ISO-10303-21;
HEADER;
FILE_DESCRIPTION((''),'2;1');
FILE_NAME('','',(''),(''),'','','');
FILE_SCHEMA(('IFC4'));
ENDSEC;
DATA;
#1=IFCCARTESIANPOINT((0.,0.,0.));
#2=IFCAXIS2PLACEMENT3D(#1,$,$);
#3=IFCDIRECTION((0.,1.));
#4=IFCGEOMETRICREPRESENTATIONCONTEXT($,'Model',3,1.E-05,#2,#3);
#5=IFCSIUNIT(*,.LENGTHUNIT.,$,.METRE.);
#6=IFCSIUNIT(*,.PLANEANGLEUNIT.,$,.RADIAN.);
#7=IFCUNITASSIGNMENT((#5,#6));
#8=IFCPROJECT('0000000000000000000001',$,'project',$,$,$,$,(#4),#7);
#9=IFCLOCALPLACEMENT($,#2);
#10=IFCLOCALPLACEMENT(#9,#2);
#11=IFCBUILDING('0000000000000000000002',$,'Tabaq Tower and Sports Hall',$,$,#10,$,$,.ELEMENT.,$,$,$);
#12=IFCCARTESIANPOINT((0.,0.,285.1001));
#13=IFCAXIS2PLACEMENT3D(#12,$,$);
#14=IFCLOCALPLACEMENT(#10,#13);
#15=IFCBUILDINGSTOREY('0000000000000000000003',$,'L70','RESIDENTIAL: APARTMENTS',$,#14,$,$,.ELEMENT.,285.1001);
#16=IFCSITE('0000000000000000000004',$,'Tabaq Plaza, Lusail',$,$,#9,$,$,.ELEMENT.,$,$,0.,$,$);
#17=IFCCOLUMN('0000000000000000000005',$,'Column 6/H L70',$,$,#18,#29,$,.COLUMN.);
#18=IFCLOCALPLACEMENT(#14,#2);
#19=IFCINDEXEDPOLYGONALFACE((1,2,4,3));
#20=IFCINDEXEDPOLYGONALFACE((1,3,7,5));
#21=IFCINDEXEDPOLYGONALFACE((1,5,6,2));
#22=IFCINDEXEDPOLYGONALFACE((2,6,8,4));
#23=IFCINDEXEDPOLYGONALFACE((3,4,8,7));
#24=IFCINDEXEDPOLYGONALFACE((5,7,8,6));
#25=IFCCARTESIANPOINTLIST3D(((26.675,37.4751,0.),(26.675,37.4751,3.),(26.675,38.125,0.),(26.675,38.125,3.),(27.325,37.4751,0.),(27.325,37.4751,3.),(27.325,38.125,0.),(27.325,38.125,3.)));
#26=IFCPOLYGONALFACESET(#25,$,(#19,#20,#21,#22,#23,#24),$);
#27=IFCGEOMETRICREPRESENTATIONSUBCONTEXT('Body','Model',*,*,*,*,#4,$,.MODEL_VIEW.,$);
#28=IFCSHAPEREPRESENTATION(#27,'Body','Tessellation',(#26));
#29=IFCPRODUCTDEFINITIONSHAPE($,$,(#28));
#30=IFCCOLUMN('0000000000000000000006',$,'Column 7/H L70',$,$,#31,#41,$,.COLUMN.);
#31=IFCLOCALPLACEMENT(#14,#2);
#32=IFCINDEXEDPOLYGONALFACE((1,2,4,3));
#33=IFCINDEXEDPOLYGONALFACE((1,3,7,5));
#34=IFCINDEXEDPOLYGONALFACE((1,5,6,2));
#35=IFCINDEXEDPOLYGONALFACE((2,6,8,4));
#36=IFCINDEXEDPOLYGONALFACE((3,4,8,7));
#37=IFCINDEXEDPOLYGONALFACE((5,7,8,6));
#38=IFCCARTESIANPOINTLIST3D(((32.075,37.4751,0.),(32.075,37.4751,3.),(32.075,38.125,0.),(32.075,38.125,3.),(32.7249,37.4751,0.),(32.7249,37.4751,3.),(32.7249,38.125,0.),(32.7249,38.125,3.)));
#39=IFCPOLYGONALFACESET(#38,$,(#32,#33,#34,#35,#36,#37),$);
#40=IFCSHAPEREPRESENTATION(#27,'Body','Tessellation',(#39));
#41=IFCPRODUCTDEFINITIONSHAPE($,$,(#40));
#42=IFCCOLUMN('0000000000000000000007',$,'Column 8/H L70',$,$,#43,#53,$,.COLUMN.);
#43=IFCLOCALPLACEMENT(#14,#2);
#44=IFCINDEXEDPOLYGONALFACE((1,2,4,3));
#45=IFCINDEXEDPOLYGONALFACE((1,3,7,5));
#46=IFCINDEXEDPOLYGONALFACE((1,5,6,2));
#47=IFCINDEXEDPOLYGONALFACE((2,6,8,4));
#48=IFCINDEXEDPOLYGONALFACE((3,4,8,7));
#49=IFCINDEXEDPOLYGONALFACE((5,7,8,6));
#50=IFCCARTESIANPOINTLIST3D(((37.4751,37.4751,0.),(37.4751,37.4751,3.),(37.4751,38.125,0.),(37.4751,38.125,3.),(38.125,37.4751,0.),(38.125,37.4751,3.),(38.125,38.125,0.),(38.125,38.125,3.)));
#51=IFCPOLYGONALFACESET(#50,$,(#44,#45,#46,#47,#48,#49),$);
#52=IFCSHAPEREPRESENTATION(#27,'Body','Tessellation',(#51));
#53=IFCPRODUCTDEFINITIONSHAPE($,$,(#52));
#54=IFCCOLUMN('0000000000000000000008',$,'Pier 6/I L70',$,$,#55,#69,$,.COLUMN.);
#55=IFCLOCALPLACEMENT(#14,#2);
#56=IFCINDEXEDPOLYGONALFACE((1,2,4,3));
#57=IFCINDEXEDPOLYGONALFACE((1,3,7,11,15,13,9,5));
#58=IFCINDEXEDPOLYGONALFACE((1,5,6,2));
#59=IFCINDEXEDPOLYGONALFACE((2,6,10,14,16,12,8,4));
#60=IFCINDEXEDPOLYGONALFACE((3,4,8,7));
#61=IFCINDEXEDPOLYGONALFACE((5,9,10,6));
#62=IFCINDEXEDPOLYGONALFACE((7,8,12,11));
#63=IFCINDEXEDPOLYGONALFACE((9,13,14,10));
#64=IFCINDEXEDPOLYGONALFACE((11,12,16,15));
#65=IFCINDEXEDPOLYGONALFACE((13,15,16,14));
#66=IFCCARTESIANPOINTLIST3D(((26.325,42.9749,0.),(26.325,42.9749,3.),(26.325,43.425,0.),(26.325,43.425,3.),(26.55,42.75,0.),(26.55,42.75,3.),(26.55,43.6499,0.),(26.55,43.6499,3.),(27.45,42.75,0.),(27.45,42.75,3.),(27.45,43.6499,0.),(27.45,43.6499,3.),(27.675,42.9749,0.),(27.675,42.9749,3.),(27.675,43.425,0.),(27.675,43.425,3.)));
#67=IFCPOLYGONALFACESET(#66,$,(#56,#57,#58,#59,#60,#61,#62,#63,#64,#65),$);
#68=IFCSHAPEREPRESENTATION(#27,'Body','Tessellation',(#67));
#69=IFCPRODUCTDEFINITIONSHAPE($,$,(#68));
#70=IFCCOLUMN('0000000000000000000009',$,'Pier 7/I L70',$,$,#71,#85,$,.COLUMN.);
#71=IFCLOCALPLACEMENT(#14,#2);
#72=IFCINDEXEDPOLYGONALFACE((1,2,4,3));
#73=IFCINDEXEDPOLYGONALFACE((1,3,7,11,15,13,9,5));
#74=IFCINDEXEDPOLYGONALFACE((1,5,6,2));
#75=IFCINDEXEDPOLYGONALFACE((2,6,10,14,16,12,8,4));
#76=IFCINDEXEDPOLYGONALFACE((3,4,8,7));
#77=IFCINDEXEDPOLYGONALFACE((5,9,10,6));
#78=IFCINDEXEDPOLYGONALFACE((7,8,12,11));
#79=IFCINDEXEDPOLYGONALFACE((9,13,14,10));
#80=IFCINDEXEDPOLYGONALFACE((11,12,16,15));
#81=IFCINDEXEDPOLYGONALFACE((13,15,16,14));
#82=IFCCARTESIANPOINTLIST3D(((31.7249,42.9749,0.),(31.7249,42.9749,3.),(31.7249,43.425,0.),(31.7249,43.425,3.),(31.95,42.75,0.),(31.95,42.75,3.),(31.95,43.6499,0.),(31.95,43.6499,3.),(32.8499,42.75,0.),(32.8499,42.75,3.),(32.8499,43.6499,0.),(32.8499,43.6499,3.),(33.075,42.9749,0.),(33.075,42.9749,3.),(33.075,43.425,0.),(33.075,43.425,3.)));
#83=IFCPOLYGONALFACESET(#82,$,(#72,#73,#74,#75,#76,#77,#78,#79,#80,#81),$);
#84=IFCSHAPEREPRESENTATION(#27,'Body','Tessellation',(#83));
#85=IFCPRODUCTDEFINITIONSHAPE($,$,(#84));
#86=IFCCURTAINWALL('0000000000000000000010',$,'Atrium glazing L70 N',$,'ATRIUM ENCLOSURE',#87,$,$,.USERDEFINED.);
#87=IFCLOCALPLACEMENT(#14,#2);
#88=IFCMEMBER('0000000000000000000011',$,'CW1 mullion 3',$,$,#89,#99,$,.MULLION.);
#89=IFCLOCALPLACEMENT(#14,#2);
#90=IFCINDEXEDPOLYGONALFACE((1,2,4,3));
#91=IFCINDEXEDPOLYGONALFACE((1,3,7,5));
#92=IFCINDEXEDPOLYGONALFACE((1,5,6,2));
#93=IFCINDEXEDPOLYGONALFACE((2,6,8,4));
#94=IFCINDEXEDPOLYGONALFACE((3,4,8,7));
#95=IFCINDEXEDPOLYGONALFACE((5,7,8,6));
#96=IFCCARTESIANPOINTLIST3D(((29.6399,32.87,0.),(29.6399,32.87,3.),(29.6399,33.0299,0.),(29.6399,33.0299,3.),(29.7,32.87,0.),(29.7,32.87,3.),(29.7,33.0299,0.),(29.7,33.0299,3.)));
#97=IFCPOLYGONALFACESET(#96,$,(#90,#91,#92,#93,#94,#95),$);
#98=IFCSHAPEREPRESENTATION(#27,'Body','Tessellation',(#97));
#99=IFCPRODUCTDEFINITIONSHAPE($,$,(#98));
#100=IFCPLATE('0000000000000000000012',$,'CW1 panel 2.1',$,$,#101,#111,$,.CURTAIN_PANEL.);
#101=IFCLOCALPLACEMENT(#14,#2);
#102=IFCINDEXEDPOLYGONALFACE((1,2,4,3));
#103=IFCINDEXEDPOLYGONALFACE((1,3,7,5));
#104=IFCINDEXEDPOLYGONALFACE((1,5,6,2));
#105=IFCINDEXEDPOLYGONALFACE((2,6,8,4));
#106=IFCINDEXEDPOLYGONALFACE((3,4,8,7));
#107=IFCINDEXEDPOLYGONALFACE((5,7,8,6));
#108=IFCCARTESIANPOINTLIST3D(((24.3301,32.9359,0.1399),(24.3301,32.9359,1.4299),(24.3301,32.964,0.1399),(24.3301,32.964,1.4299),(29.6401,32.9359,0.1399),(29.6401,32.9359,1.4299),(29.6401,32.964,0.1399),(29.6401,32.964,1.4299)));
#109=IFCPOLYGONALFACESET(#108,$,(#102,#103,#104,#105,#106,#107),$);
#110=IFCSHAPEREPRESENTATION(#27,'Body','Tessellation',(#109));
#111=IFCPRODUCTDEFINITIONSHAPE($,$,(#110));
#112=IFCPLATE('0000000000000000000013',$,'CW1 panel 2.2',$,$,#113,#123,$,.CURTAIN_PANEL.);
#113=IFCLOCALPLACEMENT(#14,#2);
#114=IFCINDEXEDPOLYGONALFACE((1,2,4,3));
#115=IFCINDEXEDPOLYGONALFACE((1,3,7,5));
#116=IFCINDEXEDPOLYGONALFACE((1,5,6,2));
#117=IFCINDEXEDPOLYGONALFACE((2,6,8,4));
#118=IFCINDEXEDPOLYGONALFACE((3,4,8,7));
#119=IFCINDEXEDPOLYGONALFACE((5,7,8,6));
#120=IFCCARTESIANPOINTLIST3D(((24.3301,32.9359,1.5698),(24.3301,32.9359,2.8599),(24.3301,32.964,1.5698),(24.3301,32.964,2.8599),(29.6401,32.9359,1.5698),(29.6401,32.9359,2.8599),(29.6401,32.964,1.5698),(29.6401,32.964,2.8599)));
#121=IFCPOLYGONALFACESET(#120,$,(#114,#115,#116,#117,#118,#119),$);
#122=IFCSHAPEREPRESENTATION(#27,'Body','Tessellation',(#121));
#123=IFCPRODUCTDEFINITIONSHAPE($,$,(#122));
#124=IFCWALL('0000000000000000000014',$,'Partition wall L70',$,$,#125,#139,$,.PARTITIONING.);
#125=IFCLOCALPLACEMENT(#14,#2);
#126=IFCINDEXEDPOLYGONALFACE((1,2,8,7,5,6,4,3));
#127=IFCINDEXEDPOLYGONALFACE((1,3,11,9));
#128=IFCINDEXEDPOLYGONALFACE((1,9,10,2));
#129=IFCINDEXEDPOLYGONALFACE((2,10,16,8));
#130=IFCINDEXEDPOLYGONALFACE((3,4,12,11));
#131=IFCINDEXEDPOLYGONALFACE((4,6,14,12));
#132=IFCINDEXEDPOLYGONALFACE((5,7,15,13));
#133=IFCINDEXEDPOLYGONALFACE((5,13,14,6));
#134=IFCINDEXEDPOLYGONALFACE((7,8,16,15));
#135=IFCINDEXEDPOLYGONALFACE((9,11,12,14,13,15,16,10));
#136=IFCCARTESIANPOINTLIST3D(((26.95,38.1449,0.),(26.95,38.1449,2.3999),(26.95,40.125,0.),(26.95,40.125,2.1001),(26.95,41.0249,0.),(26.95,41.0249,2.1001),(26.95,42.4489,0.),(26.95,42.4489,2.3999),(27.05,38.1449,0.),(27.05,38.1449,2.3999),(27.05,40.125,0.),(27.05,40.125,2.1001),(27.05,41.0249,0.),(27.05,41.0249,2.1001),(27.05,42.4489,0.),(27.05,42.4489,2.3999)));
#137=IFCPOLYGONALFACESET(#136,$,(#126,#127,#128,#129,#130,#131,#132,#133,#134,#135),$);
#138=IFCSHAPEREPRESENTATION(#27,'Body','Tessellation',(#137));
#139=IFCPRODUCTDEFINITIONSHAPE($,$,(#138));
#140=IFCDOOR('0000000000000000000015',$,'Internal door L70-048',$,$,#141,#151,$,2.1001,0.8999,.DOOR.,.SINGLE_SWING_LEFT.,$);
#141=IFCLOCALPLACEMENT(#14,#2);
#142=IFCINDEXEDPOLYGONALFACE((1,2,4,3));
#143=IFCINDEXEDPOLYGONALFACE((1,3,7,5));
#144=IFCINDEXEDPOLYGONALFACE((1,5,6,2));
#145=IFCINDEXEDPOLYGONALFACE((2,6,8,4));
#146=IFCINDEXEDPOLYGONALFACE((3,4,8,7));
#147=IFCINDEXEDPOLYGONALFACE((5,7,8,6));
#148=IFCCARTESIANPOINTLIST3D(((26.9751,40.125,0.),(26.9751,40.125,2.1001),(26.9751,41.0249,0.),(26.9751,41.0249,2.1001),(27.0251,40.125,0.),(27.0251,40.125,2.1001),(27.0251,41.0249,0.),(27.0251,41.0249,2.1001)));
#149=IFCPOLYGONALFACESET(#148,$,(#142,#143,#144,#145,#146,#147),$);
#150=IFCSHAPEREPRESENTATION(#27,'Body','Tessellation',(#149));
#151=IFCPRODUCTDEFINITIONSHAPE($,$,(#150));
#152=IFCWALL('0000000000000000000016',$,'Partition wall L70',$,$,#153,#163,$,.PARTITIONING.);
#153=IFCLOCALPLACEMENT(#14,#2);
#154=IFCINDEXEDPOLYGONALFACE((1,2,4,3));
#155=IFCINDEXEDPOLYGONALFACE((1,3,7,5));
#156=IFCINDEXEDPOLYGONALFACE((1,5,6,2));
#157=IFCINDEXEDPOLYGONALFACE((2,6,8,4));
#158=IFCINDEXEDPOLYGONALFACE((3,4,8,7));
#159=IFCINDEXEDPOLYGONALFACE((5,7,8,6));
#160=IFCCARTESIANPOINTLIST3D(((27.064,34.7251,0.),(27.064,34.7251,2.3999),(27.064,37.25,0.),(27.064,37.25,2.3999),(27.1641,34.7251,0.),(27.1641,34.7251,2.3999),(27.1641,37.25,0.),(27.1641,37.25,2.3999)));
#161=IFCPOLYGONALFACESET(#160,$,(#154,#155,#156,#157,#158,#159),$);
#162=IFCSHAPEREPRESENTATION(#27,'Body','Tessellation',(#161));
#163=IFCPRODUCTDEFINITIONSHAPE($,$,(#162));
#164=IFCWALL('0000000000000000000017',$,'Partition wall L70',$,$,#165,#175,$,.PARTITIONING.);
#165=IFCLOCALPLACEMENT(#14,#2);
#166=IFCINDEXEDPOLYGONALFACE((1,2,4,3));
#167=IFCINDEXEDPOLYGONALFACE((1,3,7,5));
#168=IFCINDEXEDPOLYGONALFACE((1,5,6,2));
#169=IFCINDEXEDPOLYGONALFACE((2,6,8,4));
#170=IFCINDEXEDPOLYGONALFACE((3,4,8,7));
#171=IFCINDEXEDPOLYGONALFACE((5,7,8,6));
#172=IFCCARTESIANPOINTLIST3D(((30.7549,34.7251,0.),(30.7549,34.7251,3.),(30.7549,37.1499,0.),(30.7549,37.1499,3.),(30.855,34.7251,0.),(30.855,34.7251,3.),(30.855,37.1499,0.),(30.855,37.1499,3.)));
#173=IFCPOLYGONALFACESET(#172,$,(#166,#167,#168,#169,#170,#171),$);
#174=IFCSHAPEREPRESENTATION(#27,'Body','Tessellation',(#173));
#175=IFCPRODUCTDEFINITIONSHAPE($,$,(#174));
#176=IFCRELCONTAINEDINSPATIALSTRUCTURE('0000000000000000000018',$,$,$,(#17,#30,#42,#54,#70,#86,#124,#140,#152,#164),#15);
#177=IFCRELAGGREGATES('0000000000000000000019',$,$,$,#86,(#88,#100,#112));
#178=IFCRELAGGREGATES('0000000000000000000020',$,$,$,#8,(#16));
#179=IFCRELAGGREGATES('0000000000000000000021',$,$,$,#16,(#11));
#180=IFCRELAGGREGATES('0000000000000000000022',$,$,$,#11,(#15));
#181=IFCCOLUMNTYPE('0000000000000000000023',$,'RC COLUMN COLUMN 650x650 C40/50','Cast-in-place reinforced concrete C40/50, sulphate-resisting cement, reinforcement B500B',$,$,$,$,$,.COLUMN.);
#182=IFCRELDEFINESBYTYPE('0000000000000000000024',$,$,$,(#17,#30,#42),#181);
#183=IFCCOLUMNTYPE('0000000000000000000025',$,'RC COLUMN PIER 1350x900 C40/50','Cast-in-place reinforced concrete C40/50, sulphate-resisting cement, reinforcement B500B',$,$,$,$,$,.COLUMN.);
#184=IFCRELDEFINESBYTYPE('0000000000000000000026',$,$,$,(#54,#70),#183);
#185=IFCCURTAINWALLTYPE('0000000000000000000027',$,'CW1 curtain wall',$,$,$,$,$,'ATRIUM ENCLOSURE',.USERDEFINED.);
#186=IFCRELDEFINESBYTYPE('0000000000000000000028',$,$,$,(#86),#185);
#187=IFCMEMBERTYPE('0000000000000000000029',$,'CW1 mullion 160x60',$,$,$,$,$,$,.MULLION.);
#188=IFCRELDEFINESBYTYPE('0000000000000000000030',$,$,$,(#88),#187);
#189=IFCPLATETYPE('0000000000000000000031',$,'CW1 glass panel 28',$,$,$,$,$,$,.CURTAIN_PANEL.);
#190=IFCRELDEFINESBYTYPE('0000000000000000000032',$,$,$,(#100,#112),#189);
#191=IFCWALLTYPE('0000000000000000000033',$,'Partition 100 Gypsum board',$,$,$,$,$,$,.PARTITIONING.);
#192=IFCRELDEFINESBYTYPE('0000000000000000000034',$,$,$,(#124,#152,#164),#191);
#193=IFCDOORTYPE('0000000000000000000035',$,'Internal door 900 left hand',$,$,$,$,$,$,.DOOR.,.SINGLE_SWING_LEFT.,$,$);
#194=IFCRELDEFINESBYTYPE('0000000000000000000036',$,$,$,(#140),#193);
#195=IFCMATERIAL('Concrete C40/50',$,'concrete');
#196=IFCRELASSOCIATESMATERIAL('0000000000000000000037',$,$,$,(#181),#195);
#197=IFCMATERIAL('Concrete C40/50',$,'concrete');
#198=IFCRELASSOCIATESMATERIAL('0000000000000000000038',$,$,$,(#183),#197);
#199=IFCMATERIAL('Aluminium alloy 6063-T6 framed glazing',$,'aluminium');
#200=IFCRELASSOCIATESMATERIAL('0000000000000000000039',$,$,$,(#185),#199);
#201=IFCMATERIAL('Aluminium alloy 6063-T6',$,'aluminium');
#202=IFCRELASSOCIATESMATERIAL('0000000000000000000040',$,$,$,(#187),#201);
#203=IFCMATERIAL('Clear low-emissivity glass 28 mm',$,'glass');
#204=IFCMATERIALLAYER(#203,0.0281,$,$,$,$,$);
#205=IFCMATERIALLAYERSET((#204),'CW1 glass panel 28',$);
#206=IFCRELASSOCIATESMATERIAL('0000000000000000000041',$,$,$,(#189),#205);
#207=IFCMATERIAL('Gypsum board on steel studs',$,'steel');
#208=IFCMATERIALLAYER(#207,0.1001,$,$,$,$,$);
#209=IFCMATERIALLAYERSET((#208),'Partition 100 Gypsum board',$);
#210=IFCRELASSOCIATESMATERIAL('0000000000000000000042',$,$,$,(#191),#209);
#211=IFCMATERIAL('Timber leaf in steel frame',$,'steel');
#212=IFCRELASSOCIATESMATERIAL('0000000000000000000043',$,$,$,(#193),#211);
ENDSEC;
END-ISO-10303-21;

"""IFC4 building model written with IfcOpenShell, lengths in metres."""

from ifc_helpers import new_model, si_unit, direction, frame, frame_2d, origin, origin_2d, place, context, subcontext, project, spatial, polyline, rectangle, outline, extrude, material, layer, layer_set, material_profile, profile_set, type_object, element, fill, aggregate, save


model = new_model("IFC4")

# Units and contexts
model_context = context("Model", 3, precision=1e-05, world=origin(), true_north=direction((0.0, 1.0)))
body_context = subcontext(model_context, "Body", "Model", "MODEL_VIEW")
ifc_project = project(units=[si_unit("LENGTHUNIT", "METRE"), si_unit("PLANEANGLEUNIT", "RADIAN")], contexts=[model_context])

# Site, building, storey
site_placement = place(None, origin())
site = spatial("IfcSite", under=ifc_project, at=site_placement, Name="Tabaq Plaza, Lusail", CompositionType="ELEMENT", RefElevation=0.0)
building_placement = place(site_placement, origin())
building = spatial("IfcBuilding", under=site, at=building_placement, Name="Tabaq Tower and Sports Hall", CompositionType="ELEMENT")
storey_placement = place(building_placement, frame((0.0, 0.0, 285.1001)))
storey = spatial("IfcBuildingStorey", under=building, at=storey_placement, Name="L70", Description="RESIDENTIAL: APARTMENTS", CompositionType="ELEMENT", Elevation=285.1001)

# Columns
ifc_material_1 = material(Name="Concrete C40/50", Category="concrete")
ifc_material_profile_1 = material_profile(ifc_material_1, rectangle(XDim=0.6499, YDim=0.6499, at=origin_2d()), Name="COLUMN 650x650")
ifc_profile_set_1 = profile_set([ifc_material_profile_1], Name="Concrete C40/50")
column_type_1 = type_object("IfcColumnType", Name="RC COLUMN COLUMN 650x650 C40/50", Description="Cast-in-place reinforced concrete C40/50, sulphate-resisting cement, reinforcement B500B", PredefinedType="COLUMN", material=ifc_profile_set_1)
for number, where, z_axis, x_axis, name in (
    (1, (27.0, 37.8, 0.0), (0.0, 0.0, 1.0), (1.0, 0.0, 0.0), "Column 6/H L70"),
    (2, (32.3999, 37.8, 0.0), (0.0, 0.0, 1.0), (1.0, 0.0, 0.0), "Column 7/H L70"),
    (3, (37.8, 37.8, 0.0), (0.0, 0.0, 1.0), (1.0, 0.0, 0.0), "Column 8/H L70"),
):
    element("IfcColumn", number, at=place(storey_placement, frame(where, z_axis=z_axis, x_axis=x_axis)), inside=storey, type_object=column_type_1, Name=name, PredefinedType="COLUMN", context=body_context, shape_type="SweptSolid", body=[
        extrude(rectangle(XDim=0.6499, YDim=0.6499, at=origin_2d()), origin(), (0.0, 0.0, 1.0), 3.0),
    ])
ifc_material_2 = material(Name="Concrete C40/50", Category="concrete")
ifc_material_profile_2 = material_profile(ifc_material_2, outline(polyline([(-0.45, -0.45), (0.45, -0.45), (0.675, -0.2251), (0.675, 0.2251), (0.45, 0.45), (-0.45, 0.45), (-0.675, 0.2251), (-0.675, -0.2251), (-0.45, -0.45)])), Name="PIER 1350x900")
ifc_profile_set_2 = profile_set([ifc_material_profile_2], Name="Concrete C40/50")
column_type_2 = type_object("IfcColumnType", Name="RC COLUMN PIER 1350x900 C40/50", Description="Cast-in-place reinforced concrete C40/50, sulphate-resisting cement, reinforcement B500B", PredefinedType="COLUMN", material=ifc_profile_set_2)
for number, where, z_axis, x_axis, name in (
    (4, (27.0, 43.2, 0.0), (0.0, 0.0, 1.0), (1.0, 0.0, 0.0), "Pier 6/I L70"),
    (5, (32.3999, 43.2, 0.0), (0.0, 0.0, 1.0), (1.0, 0.0, 0.0), "Pier 7/I L70"),
):
    element("IfcColumn", number, at=place(storey_placement, frame(where, z_axis=z_axis, x_axis=x_axis)), inside=storey, type_object=column_type_2, Name=name, PredefinedType="COLUMN", context=body_context, shape_type="SweptSolid", body=[
        extrude(outline(polyline([(-0.45, -0.45), (0.45, -0.45), (0.675, -0.2251), (0.675, 0.2251), (0.45, 0.45), (-0.45, 0.45), (-0.675, 0.2251), (-0.675, -0.2251), (-0.45, -0.45)])), origin(), (0.0, 0.0, 1.0), 3.0),
    ])

# Curtain wall, member, plates
ifc_material_3 = material(Name="Aluminium alloy 6063-T6 framed glazing", Category="aluminium")
curtain_wall_type = type_object("IfcCurtainWallType", Name="CW1 curtain wall", ElementType="ATRIUM ENCLOSURE", PredefinedType="USERDEFINED", material=ifc_material_3)
curtain_wall_placement = place(storey_placement, origin())
curtain_wall = element("IfcCurtainWall", 6, at=curtain_wall_placement, inside=storey, type_object=curtain_wall_type, Name="Atrium glazing L70 N", ObjectType="ATRIUM ENCLOSURE", PredefinedType="USERDEFINED")
ifc_material_4 = material(Name="Aluminium alloy 6063-T6", Category="aluminium")
ifc_material_profile_3 = material_profile(ifc_material_4, rectangle(XDim=0.1599, YDim=0.0601, at=origin_2d()), Name="MULLION 160x60")
ifc_profile_set_3 = profile_set([ifc_material_profile_3], Name="Aluminium alloy 6063-T6")
member_type = type_object("IfcMemberType", Name="CW1 mullion 160x60", PredefinedType="MULLION", material=ifc_profile_set_3)
member_placement = place(storey_placement, frame((29.6699, 32.95, 0.0), z_axis=(0.0, 0.0, 1.0), x_axis=(0.0, 1.0, 0.0)))
member = element("IfcMember", 7, at=member_placement, type_object=member_type, Name="CW1 mullion 3", PredefinedType="MULLION", context=body_context, shape_type="SweptSolid", body=[
    extrude(rectangle(XDim=0.1599, YDim=0.0601, at=origin_2d()), origin(), (0.0, 0.0, 1.0), 3.0),
])
ifc_material_5 = material(Name="Clear low-emissivity glass 28 mm", Category="glass")
ifc_layer_1 = layer(ifc_material_5, 0.0281)
ifc_layer_set_1 = layer_set([ifc_layer_1], Name="CW1 glass panel 28")
plate_type = type_object("IfcPlateType", Name="CW1 glass panel 28", PredefinedType="CURTAIN_PANEL", material=ifc_layer_set_1)
plate_1_placement = place(storey_placement, frame((26.9851, 32.95, 0.1399), z_axis=(0.0, 0.0, 1.0), x_axis=(1.0, 0.0, 0.0)))
plate_1 = element("IfcPlate", 8, at=plate_1_placement, type_object=plate_type, Name="CW1 panel 2.1", PredefinedType="CURTAIN_PANEL", context=body_context, shape_type="SweptSolid", body=[
    extrude(rectangle(XDim=5.3101, YDim=0.0281, at=origin_2d()), origin(), (0.0, 0.0, 1.0), 1.29),
])
plate_2_placement = place(storey_placement, frame((26.9851, 32.95, 1.5698), z_axis=(0.0, 0.0, 1.0), x_axis=(1.0, 0.0, 0.0)))
plate_2 = element("IfcPlate", 9, at=plate_2_placement, type_object=plate_type, Name="CW1 panel 2.2", PredefinedType="CURTAIN_PANEL", context=body_context, shape_type="SweptSolid", body=[
    extrude(rectangle(XDim=5.3101, YDim=0.0281, at=origin_2d()), origin(), (0.0, 0.0, 1.0), 1.29),
])
aggregate(curtain_wall, [member, plate_1, plate_2])

# Wall, opening, door
ifc_material_6 = material(Name="Gypsum board on steel studs", Category="steel")
ifc_layer_2 = layer(ifc_material_6, 0.1001)
ifc_layer_set_2 = layer_set([ifc_layer_2], Name="Partition 100 Gypsum board")
wall_type_1 = type_object("IfcWallType", Name="Partition 100 Gypsum board", PredefinedType="PARTITIONING", material=ifc_layer_set_2)
wall_1_placement = place(storey_placement, frame((27.0, 38.145, 0.0), z_axis=(0.0, 0.0, 1.0), x_axis=(0.0, 1.0, 0.0)))
wall_1 = element("IfcWall", 10, at=wall_1_placement, inside=storey, type_object=wall_type_1, Name="Partition wall L70", PredefinedType="PARTITIONING", context=body_context, shape_type="SweptSolid", body=[
    extrude(rectangle(XDim=4.304, YDim=0.1001, at=frame_2d((2.1519, 0.0))), origin(), (0.0, 0.0, 1.0), 2.3999),
])
opening_1_placement = place(wall_1_placement, frame((1.98, 0.0, 0.0)))
opening_1 = element("IfcOpeningElement", 11, at=opening_1_placement, cuts=wall_1, PredefinedType="OPENING", context=body_context, shape_type="SweptSolid", body=[
    extrude(rectangle(XDim=0.8999, YDim=2.1001, at=frame_2d((0.45, 1.05))), frame((0.0, 0.05, 0.0), z_axis=(0.0, -1.0, 0.0), x_axis=(1.0, 0.0, 0.0)), (0.0, 0.0, 1.0), 0.1001),
])
ifc_material_7 = material(Name="Timber leaf in steel frame", Category="steel")
door_type_1 = type_object("IfcDoorType", Name="Internal door 900 left hand", OperationType="SINGLE_SWING_LEFT", PredefinedType="DOOR", material=ifc_material_7)
door_1_placement = place(opening_1_placement, origin())
door_1 = element("IfcDoor", 12, at=door_1_placement, inside=storey, type_object=door_type_1, Name="Internal door L70-048", OperationType="SINGLE_SWING_LEFT", OverallHeight=2.1001, OverallWidth=0.8999, PredefinedType="DOOR", context=body_context, shape_type="SweptSolid", body=[
    extrude(rectangle(XDim=0.8999, YDim=2.1001, at=frame_2d((0.45, 1.05))), frame((0.0, 0.0249, 0.0), z_axis=(0.0, -1.0, 0.0), x_axis=(1.0, 0.0, 0.0)), (0.0, 0.0, 1.0), 0.05),
])
fill(opening_1, door_1)

# Walls
wall_2_placement = place(storey_placement, frame((27.114, 34.7251, 0.0), z_axis=(0.0, 0.0, 1.0), x_axis=(0.0, 1.0, 0.0)))
element("IfcWall", 13, at=wall_2_placement, inside=storey, type_object=wall_type_1, Name="Partition wall L70", PredefinedType="PARTITIONING", context=body_context, shape_type="SweptSolid", body=[
    extrude(rectangle(XDim=2.5249, YDim=0.1001, at=frame_2d((1.2625, 0.0))), origin(), (0.0, 0.0, 1.0), 2.3999),
])
wall_3_placement = place(storey_placement, frame((30.8049, 34.7251, 0.0), z_axis=(0.0, 0.0, 1.0), x_axis=(0.0, 1.0, 0.0)))
element("IfcWall", 14, at=wall_3_placement, inside=storey, type_object=wall_type_1, Name="Partition wall L70", PredefinedType="PARTITIONING", context=body_context, shape_type="SweptSolid", body=[
    extrude(rectangle(XDim=2.4248, YDim=0.1001, at=frame_2d((1.2124, 0.0))), origin(), (0.0, 0.0, 1.0), 3.0),
])

save(model, "model.ifc")
